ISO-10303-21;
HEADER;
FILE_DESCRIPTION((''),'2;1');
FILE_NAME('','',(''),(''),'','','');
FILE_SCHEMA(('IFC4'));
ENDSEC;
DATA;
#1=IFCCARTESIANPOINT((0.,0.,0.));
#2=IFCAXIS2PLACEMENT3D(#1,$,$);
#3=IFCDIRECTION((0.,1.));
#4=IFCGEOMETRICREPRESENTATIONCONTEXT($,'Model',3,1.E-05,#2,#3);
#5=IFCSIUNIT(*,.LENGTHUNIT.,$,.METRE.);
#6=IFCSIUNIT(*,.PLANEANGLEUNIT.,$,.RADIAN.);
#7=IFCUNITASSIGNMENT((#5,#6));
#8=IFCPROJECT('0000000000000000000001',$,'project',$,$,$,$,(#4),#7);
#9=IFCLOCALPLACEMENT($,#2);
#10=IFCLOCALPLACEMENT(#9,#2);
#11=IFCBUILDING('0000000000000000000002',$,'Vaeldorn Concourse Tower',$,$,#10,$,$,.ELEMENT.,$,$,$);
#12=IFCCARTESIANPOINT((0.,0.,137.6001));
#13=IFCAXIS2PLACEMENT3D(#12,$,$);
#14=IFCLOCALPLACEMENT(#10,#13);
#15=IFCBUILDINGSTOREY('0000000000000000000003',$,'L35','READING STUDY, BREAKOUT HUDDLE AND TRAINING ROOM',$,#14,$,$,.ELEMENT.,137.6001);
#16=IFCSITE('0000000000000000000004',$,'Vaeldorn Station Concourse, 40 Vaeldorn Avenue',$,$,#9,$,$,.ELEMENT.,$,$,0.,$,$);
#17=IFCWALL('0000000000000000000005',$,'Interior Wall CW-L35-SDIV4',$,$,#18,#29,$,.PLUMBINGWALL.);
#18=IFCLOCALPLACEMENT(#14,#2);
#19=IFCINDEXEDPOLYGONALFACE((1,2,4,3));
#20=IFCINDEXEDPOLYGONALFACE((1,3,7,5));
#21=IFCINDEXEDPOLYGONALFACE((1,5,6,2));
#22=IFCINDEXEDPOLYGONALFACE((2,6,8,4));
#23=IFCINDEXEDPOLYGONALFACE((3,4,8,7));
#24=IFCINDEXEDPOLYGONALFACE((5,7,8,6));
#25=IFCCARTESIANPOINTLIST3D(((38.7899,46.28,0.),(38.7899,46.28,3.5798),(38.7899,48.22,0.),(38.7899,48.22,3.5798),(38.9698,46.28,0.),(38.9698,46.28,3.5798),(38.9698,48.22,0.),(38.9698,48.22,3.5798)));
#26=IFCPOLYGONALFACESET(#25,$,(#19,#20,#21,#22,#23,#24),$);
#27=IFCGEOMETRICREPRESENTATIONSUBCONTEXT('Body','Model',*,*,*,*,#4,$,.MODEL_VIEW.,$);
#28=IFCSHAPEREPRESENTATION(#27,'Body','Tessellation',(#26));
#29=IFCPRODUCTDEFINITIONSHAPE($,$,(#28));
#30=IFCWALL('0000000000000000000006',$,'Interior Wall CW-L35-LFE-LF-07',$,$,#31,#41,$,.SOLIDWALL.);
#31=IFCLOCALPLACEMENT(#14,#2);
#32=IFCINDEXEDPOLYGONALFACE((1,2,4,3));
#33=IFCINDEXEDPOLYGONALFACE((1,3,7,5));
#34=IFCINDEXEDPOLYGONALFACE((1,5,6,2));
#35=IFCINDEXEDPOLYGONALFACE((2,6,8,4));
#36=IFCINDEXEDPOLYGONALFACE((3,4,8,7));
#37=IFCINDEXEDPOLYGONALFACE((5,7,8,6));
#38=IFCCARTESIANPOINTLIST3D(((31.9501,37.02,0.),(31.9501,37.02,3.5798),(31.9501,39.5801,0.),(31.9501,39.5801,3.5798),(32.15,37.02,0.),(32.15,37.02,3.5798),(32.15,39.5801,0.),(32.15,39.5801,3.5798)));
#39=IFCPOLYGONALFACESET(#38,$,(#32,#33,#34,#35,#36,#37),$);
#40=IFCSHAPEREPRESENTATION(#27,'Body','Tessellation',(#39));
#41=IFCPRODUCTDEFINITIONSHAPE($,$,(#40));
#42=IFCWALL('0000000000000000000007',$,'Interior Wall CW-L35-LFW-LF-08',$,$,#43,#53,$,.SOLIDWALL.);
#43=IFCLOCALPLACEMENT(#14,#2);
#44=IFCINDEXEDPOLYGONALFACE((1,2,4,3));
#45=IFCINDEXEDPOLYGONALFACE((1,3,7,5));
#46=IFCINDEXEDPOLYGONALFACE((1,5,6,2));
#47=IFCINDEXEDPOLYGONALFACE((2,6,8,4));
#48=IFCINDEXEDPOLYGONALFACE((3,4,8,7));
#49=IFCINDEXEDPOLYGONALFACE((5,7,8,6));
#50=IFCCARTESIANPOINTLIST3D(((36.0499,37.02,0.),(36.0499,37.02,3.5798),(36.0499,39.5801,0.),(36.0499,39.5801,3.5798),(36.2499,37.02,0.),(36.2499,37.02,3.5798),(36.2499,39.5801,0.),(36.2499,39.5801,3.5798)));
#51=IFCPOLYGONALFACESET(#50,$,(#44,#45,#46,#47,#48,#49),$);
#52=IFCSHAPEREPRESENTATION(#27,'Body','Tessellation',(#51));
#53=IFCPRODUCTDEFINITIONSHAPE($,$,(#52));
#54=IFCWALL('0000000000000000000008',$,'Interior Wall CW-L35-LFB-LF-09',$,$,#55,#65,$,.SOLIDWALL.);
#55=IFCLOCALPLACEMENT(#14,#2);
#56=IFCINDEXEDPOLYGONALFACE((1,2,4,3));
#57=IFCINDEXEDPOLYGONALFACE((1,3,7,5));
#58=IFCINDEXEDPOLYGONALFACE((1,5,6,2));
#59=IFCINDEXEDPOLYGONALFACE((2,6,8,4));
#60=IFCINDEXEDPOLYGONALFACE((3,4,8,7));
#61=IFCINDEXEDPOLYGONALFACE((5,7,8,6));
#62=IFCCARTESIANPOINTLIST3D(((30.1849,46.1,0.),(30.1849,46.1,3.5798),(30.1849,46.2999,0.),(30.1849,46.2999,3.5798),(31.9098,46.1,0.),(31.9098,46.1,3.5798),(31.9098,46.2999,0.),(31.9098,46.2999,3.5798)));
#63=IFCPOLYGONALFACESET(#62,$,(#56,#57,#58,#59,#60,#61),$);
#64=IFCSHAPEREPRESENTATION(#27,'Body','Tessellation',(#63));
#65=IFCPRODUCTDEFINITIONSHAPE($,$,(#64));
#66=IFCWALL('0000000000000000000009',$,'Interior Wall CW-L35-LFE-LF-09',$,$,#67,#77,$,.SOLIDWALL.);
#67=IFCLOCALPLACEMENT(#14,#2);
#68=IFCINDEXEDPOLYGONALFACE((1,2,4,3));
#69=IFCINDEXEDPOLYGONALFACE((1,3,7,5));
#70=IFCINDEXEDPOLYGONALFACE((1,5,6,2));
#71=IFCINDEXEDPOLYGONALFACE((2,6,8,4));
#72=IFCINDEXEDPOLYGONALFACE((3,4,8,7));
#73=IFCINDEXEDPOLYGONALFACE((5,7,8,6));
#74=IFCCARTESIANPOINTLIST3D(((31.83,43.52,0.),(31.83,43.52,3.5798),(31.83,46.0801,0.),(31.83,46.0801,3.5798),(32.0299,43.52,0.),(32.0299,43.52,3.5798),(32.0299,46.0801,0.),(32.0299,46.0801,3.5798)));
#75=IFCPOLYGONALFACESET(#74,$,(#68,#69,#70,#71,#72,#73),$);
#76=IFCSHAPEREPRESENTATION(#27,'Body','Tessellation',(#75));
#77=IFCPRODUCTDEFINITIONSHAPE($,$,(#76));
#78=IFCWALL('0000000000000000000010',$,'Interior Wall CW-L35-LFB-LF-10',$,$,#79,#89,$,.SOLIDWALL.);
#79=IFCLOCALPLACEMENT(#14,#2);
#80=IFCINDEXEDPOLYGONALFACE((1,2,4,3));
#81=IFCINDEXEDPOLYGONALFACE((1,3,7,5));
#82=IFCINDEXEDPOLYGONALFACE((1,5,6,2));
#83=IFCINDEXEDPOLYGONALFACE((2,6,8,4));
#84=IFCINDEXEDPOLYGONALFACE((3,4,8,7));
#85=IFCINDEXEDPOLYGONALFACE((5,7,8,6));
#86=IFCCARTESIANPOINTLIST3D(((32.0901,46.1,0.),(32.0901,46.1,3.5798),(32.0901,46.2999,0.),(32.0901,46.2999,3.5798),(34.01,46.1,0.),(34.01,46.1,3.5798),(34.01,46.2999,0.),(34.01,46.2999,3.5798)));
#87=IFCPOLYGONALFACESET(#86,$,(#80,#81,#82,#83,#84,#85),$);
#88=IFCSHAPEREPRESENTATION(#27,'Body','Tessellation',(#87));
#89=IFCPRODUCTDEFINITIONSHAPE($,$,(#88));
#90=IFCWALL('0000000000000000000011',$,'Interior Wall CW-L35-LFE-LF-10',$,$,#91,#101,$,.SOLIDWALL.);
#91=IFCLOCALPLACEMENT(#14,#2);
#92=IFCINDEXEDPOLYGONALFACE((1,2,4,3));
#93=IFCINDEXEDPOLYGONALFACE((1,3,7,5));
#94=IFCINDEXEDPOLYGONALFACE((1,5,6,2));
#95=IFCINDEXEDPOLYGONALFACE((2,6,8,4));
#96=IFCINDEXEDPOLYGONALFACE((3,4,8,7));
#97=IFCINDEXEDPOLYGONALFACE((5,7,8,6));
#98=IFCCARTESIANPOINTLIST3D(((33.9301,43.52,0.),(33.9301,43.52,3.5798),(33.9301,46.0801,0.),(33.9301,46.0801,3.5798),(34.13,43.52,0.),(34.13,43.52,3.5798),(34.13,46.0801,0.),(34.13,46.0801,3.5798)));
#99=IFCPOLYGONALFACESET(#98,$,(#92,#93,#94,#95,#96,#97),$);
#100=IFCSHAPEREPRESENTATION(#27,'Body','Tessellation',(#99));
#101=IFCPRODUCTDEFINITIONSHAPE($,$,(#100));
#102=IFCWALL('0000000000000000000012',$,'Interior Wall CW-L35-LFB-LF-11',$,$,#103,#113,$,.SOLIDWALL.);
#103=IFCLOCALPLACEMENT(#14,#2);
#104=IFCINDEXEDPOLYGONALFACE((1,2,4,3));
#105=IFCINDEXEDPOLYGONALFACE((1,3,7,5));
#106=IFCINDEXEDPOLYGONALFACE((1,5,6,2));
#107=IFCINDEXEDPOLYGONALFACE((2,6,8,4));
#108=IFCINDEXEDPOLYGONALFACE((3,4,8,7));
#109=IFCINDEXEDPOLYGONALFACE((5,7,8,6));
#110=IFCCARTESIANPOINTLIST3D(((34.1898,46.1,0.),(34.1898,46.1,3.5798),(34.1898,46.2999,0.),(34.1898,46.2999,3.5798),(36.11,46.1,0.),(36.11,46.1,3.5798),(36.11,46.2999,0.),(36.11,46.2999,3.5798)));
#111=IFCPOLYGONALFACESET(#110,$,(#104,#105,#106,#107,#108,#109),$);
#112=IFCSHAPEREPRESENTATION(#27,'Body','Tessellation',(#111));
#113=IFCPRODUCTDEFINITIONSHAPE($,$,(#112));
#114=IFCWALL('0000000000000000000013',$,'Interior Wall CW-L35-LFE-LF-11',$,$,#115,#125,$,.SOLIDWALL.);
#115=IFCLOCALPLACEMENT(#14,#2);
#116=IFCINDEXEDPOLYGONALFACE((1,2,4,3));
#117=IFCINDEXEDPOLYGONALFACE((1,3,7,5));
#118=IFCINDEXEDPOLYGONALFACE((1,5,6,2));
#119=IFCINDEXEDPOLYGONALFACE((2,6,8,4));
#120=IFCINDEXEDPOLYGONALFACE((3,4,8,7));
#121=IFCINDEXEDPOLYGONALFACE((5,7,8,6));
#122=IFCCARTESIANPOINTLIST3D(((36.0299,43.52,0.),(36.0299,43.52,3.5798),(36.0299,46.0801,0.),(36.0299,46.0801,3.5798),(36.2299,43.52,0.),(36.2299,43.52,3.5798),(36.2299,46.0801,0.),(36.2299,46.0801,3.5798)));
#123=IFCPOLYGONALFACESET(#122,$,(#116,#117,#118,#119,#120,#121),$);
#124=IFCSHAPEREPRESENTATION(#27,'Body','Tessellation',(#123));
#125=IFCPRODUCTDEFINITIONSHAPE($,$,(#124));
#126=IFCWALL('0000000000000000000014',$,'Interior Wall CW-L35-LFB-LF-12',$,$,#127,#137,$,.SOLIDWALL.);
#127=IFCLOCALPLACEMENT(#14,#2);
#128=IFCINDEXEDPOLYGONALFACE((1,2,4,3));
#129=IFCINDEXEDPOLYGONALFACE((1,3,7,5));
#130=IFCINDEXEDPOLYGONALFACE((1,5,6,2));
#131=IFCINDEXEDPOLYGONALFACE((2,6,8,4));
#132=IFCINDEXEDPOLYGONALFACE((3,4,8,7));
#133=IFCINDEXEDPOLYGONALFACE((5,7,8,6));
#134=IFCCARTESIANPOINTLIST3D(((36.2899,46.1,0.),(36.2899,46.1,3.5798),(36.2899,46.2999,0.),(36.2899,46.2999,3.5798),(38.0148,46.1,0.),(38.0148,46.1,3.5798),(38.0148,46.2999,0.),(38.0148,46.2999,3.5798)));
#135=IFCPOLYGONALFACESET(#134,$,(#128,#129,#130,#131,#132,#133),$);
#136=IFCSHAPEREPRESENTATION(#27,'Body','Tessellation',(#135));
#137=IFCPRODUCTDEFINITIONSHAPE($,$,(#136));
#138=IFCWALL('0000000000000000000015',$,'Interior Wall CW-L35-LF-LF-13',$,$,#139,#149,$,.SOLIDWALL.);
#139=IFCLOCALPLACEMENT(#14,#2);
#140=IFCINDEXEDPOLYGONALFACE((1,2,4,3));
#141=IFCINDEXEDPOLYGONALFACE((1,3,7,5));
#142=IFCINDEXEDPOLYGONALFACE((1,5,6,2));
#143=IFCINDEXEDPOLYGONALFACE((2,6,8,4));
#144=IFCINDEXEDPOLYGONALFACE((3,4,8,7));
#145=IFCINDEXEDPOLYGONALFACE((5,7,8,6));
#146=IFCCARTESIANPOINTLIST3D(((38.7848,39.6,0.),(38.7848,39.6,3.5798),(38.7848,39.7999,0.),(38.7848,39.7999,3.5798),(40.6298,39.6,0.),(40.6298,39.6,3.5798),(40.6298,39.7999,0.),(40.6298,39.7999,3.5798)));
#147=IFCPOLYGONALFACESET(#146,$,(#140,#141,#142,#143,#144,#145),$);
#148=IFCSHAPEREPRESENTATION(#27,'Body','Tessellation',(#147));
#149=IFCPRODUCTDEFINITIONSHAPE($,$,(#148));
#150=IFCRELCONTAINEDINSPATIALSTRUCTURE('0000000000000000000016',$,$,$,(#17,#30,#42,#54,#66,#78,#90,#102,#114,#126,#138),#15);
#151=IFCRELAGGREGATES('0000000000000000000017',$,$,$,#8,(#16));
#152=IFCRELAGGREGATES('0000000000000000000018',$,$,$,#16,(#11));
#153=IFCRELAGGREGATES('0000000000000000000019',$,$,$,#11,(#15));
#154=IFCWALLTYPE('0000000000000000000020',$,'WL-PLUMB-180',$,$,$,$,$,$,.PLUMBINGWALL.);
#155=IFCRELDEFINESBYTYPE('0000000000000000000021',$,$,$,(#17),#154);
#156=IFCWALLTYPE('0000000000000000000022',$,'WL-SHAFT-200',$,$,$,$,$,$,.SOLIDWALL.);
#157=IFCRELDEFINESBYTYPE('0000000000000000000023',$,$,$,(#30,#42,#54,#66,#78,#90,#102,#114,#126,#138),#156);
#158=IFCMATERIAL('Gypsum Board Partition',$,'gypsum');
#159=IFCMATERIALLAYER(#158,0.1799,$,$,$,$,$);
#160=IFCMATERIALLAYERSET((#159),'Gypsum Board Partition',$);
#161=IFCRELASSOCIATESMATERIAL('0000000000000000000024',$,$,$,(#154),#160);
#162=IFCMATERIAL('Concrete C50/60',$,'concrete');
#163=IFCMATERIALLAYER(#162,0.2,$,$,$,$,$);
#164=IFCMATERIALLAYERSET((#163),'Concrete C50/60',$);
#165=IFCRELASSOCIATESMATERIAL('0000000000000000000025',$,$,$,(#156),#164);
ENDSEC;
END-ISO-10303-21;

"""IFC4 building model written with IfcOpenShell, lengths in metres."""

from ifc_helpers import new_model, si_unit, direction, frame, frame_2d, origin, place, context, subcontext, project, spatial, rectangle, extrude, material, layer, layer_set, type_object, element, save


model = new_model("IFC4")

# Units and contexts
model_context = context("Model", 3, precision=1e-05, world=origin(), true_north=direction((0.0, 1.0)))
body_context = subcontext(model_context, "Body", "Model", "MODEL_VIEW")
ifc_project = project(units=[si_unit("LENGTHUNIT", "METRE"), si_unit("PLANEANGLEUNIT", "RADIAN")], contexts=[model_context])

# Site, building, storey
site_placement = place(None, origin())
site = spatial("IfcSite", under=ifc_project, at=site_placement, Name="Vaeldorn Station Concourse, 40 Vaeldorn Avenue", CompositionType="ELEMENT", RefElevation=0.0)
building_placement = place(site_placement, origin())
building = spatial("IfcBuilding", under=site, at=building_placement, Name="Vaeldorn Concourse Tower", CompositionType="ELEMENT")
storey_placement = place(building_placement, frame((0.0, 0.0, 137.6001)))
storey = spatial("IfcBuildingStorey", under=building, at=storey_placement, Name="L35", Description="READING STUDY, BREAKOUT HUDDLE AND TRAINING ROOM", CompositionType="ELEMENT", Elevation=137.6001)

# Shared definitions
ifc_material_1 = material(Name="Gypsum Board Partition", Category="gypsum")

# Wall
ifc_layer_1 = layer(ifc_material_1, 0.1799)
ifc_layer_set_1 = layer_set([ifc_layer_1], Name="Gypsum Board Partition")
wall_type_1 = type_object("IfcWallType", Name="WL-PLUMB-180", PredefinedType="PLUMBINGWALL", material=ifc_layer_set_1)
for number, where, z_axis, x_axis, name in (
    (1, (38.8799, 46.28, 0.0), (0.0, 0.0, 1.0), (0.0, 1.0, 0.0), "Interior Wall CW-L35-SDIV4"),
):
    element("IfcWall", number, at=place(storey_placement, frame(where, z_axis=z_axis, x_axis=x_axis)), inside=storey, type_object=wall_type_1, Name=name, PredefinedType="PLUMBINGWALL", context=body_context, shape_type="SweptSolid", body=[
        extrude(rectangle(XDim=1.9399, YDim=0.1799, at=frame_2d((0.97, 0.0))), origin(), (0.0, 0.0, 1.0), 3.5798),
    ])

# Shared definitions
ifc_material_2 = material(Name="Concrete C50/60", Category="concrete")
ifc_layer_2 = layer(ifc_material_2, 0.2)
ifc_layer_set_2 = layer_set([ifc_layer_2], Name="Concrete C50/60")
wall_type_2 = type_object("IfcWallType", Name="WL-SHAFT-200", PredefinedType="SOLIDWALL", material=ifc_layer_set_2)

# Wall
wall_1_placement = place(storey_placement, frame((32.05, 37.02, 0.0), z_axis=(0.0, 0.0, 1.0), x_axis=(0.0, 1.0, 0.0)))
element("IfcWall", 2, at=wall_1_placement, inside=storey, type_object=wall_type_2, Name="Interior Wall CW-L35-LFE-LF-07", PredefinedType="SOLIDWALL", context=body_context, shape_type="SweptSolid", body=[
    extrude(rectangle(XDim=2.5601, YDim=0.2, at=frame_2d((1.28, 0.0))), origin(), (0.0, 0.0, 1.0), 3.5798),
])

# Wall
wall_2_placement = place(storey_placement, frame((36.1499, 37.02, 0.0), z_axis=(0.0, 0.0, 1.0), x_axis=(0.0, 1.0, 0.0)))
element("IfcWall", 3, at=wall_2_placement, inside=storey, type_object=wall_type_2, Name="Interior Wall CW-L35-LFW-LF-08", PredefinedType="SOLIDWALL", context=body_context, shape_type="SweptSolid", body=[
    extrude(rectangle(XDim=2.5601, YDim=0.2, at=frame_2d((1.28, 0.0))), origin(), (0.0, 0.0, 1.0), 3.5798),
])

# Walls
wall_3_placement = place(storey_placement, frame((30.1851, 46.2, 0.0), z_axis=(0.0, 0.0, 1.0), x_axis=(1.0, 0.0, 0.0)))
element("IfcWall", 4, at=wall_3_placement, inside=storey, type_object=wall_type_2, Name="Interior Wall CW-L35-LFB-LF-09", PredefinedType="SOLIDWALL", context=body_context, shape_type="SweptSolid", body=[
    extrude(rectangle(XDim=1.7249, YDim=0.2, at=frame_2d((0.8623, 0.0))), origin(), (0.0, 0.0, 1.0), 3.5798),
])
wall_4_placement = place(storey_placement, frame((31.9299, 43.52, 0.0), z_axis=(0.0, 0.0, 1.0), x_axis=(0.0, 1.0, 0.0)))
element("IfcWall", 5, at=wall_4_placement, inside=storey, type_object=wall_type_2, Name="Interior Wall CW-L35-LFE-LF-09", PredefinedType="SOLIDWALL", context=body_context, shape_type="SweptSolid", body=[
    extrude(rectangle(XDim=2.5601, YDim=0.2, at=frame_2d((1.28, 0.0))), origin(), (0.0, 0.0, 1.0), 3.5798),
])

# Walls
wall_5_placement = place(storey_placement, frame((32.0901, 46.2, 0.0), z_axis=(0.0, 0.0, 1.0), x_axis=(1.0, 0.0, 0.0)))
element("IfcWall", 6, at=wall_5_placement, inside=storey, type_object=wall_type_2, Name="Interior Wall CW-L35-LFB-LF-10", PredefinedType="SOLIDWALL", context=body_context, shape_type="SweptSolid", body=[
    extrude(rectangle(XDim=1.9199, YDim=0.2, at=frame_2d((0.96, 0.0))), origin(), (0.0, 0.0, 1.0), 3.5798),
])
wall_6_placement = place(storey_placement, frame((34.03, 43.52, 0.0), z_axis=(0.0, 0.0, 1.0), x_axis=(0.0, 1.0, 0.0)))
element("IfcWall", 7, at=wall_6_placement, inside=storey, type_object=wall_type_2, Name="Interior Wall CW-L35-LFE-LF-10", PredefinedType="SOLIDWALL", context=body_context, shape_type="SweptSolid", body=[
    extrude(rectangle(XDim=2.5601, YDim=0.2, at=frame_2d((1.28, 0.0))), origin(), (0.0, 0.0, 1.0), 3.5798),
])

# Walls
wall_7_placement = place(storey_placement, frame((34.1899, 46.2, 0.0), z_axis=(0.0, 0.0, 1.0), x_axis=(1.0, 0.0, 0.0)))
element("IfcWall", 8, at=wall_7_placement, inside=storey, type_object=wall_type_2, Name="Interior Wall CW-L35-LFB-LF-11", PredefinedType="SOLIDWALL", context=body_context, shape_type="SweptSolid", body=[
    extrude(rectangle(XDim=1.9202, YDim=0.2, at=frame_2d((0.96, 0.0))), origin(), (0.0, 0.0, 1.0), 3.5798),
])
wall_8_placement = place(storey_placement, frame((36.1299, 43.52, 0.0), z_axis=(0.0, 0.0, 1.0), x_axis=(0.0, 1.0, 0.0)))
element("IfcWall", 9, at=wall_8_placement, inside=storey, type_object=wall_type_2, Name="Interior Wall CW-L35-LFE-LF-11", PredefinedType="SOLIDWALL", context=body_context, shape_type="SweptSolid", body=[
    extrude(rectangle(XDim=2.5601, YDim=0.2, at=frame_2d((1.28, 0.0))), origin(), (0.0, 0.0, 1.0), 3.5798),
])

# Walls
wall_9_placement = place(storey_placement, frame((36.29, 46.2, 0.0), z_axis=(0.0, 0.0, 1.0), x_axis=(1.0, 0.0, 0.0)))
element("IfcWall", 10, at=wall_9_placement, inside=storey, type_object=wall_type_2, Name="Interior Wall CW-L35-LFB-LF-12", PredefinedType="SOLIDWALL", context=body_context, shape_type="SweptSolid", body=[
    extrude(rectangle(XDim=1.7249, YDim=0.2, at=frame_2d((0.8623, 0.0))), origin(), (0.0, 0.0, 1.0), 3.5798),
])
wall_10_placement = place(storey_placement, frame((38.7849, 39.7, 0.0), z_axis=(0.0, 0.0, 1.0), x_axis=(1.0, 0.0, 0.0)))
element("IfcWall", 11, at=wall_10_placement, inside=storey, type_object=wall_type_2, Name="Interior Wall CW-L35-LF-LF-13", PredefinedType="SOLIDWALL", context=body_context, shape_type="SweptSolid", body=[
    extrude(rectangle(XDim=1.845, YDim=0.2, at=frame_2d((0.9224, 0.0))), origin(), (0.0, 0.0, 1.0), 3.5798),
])

save(model, "model.ifc")
